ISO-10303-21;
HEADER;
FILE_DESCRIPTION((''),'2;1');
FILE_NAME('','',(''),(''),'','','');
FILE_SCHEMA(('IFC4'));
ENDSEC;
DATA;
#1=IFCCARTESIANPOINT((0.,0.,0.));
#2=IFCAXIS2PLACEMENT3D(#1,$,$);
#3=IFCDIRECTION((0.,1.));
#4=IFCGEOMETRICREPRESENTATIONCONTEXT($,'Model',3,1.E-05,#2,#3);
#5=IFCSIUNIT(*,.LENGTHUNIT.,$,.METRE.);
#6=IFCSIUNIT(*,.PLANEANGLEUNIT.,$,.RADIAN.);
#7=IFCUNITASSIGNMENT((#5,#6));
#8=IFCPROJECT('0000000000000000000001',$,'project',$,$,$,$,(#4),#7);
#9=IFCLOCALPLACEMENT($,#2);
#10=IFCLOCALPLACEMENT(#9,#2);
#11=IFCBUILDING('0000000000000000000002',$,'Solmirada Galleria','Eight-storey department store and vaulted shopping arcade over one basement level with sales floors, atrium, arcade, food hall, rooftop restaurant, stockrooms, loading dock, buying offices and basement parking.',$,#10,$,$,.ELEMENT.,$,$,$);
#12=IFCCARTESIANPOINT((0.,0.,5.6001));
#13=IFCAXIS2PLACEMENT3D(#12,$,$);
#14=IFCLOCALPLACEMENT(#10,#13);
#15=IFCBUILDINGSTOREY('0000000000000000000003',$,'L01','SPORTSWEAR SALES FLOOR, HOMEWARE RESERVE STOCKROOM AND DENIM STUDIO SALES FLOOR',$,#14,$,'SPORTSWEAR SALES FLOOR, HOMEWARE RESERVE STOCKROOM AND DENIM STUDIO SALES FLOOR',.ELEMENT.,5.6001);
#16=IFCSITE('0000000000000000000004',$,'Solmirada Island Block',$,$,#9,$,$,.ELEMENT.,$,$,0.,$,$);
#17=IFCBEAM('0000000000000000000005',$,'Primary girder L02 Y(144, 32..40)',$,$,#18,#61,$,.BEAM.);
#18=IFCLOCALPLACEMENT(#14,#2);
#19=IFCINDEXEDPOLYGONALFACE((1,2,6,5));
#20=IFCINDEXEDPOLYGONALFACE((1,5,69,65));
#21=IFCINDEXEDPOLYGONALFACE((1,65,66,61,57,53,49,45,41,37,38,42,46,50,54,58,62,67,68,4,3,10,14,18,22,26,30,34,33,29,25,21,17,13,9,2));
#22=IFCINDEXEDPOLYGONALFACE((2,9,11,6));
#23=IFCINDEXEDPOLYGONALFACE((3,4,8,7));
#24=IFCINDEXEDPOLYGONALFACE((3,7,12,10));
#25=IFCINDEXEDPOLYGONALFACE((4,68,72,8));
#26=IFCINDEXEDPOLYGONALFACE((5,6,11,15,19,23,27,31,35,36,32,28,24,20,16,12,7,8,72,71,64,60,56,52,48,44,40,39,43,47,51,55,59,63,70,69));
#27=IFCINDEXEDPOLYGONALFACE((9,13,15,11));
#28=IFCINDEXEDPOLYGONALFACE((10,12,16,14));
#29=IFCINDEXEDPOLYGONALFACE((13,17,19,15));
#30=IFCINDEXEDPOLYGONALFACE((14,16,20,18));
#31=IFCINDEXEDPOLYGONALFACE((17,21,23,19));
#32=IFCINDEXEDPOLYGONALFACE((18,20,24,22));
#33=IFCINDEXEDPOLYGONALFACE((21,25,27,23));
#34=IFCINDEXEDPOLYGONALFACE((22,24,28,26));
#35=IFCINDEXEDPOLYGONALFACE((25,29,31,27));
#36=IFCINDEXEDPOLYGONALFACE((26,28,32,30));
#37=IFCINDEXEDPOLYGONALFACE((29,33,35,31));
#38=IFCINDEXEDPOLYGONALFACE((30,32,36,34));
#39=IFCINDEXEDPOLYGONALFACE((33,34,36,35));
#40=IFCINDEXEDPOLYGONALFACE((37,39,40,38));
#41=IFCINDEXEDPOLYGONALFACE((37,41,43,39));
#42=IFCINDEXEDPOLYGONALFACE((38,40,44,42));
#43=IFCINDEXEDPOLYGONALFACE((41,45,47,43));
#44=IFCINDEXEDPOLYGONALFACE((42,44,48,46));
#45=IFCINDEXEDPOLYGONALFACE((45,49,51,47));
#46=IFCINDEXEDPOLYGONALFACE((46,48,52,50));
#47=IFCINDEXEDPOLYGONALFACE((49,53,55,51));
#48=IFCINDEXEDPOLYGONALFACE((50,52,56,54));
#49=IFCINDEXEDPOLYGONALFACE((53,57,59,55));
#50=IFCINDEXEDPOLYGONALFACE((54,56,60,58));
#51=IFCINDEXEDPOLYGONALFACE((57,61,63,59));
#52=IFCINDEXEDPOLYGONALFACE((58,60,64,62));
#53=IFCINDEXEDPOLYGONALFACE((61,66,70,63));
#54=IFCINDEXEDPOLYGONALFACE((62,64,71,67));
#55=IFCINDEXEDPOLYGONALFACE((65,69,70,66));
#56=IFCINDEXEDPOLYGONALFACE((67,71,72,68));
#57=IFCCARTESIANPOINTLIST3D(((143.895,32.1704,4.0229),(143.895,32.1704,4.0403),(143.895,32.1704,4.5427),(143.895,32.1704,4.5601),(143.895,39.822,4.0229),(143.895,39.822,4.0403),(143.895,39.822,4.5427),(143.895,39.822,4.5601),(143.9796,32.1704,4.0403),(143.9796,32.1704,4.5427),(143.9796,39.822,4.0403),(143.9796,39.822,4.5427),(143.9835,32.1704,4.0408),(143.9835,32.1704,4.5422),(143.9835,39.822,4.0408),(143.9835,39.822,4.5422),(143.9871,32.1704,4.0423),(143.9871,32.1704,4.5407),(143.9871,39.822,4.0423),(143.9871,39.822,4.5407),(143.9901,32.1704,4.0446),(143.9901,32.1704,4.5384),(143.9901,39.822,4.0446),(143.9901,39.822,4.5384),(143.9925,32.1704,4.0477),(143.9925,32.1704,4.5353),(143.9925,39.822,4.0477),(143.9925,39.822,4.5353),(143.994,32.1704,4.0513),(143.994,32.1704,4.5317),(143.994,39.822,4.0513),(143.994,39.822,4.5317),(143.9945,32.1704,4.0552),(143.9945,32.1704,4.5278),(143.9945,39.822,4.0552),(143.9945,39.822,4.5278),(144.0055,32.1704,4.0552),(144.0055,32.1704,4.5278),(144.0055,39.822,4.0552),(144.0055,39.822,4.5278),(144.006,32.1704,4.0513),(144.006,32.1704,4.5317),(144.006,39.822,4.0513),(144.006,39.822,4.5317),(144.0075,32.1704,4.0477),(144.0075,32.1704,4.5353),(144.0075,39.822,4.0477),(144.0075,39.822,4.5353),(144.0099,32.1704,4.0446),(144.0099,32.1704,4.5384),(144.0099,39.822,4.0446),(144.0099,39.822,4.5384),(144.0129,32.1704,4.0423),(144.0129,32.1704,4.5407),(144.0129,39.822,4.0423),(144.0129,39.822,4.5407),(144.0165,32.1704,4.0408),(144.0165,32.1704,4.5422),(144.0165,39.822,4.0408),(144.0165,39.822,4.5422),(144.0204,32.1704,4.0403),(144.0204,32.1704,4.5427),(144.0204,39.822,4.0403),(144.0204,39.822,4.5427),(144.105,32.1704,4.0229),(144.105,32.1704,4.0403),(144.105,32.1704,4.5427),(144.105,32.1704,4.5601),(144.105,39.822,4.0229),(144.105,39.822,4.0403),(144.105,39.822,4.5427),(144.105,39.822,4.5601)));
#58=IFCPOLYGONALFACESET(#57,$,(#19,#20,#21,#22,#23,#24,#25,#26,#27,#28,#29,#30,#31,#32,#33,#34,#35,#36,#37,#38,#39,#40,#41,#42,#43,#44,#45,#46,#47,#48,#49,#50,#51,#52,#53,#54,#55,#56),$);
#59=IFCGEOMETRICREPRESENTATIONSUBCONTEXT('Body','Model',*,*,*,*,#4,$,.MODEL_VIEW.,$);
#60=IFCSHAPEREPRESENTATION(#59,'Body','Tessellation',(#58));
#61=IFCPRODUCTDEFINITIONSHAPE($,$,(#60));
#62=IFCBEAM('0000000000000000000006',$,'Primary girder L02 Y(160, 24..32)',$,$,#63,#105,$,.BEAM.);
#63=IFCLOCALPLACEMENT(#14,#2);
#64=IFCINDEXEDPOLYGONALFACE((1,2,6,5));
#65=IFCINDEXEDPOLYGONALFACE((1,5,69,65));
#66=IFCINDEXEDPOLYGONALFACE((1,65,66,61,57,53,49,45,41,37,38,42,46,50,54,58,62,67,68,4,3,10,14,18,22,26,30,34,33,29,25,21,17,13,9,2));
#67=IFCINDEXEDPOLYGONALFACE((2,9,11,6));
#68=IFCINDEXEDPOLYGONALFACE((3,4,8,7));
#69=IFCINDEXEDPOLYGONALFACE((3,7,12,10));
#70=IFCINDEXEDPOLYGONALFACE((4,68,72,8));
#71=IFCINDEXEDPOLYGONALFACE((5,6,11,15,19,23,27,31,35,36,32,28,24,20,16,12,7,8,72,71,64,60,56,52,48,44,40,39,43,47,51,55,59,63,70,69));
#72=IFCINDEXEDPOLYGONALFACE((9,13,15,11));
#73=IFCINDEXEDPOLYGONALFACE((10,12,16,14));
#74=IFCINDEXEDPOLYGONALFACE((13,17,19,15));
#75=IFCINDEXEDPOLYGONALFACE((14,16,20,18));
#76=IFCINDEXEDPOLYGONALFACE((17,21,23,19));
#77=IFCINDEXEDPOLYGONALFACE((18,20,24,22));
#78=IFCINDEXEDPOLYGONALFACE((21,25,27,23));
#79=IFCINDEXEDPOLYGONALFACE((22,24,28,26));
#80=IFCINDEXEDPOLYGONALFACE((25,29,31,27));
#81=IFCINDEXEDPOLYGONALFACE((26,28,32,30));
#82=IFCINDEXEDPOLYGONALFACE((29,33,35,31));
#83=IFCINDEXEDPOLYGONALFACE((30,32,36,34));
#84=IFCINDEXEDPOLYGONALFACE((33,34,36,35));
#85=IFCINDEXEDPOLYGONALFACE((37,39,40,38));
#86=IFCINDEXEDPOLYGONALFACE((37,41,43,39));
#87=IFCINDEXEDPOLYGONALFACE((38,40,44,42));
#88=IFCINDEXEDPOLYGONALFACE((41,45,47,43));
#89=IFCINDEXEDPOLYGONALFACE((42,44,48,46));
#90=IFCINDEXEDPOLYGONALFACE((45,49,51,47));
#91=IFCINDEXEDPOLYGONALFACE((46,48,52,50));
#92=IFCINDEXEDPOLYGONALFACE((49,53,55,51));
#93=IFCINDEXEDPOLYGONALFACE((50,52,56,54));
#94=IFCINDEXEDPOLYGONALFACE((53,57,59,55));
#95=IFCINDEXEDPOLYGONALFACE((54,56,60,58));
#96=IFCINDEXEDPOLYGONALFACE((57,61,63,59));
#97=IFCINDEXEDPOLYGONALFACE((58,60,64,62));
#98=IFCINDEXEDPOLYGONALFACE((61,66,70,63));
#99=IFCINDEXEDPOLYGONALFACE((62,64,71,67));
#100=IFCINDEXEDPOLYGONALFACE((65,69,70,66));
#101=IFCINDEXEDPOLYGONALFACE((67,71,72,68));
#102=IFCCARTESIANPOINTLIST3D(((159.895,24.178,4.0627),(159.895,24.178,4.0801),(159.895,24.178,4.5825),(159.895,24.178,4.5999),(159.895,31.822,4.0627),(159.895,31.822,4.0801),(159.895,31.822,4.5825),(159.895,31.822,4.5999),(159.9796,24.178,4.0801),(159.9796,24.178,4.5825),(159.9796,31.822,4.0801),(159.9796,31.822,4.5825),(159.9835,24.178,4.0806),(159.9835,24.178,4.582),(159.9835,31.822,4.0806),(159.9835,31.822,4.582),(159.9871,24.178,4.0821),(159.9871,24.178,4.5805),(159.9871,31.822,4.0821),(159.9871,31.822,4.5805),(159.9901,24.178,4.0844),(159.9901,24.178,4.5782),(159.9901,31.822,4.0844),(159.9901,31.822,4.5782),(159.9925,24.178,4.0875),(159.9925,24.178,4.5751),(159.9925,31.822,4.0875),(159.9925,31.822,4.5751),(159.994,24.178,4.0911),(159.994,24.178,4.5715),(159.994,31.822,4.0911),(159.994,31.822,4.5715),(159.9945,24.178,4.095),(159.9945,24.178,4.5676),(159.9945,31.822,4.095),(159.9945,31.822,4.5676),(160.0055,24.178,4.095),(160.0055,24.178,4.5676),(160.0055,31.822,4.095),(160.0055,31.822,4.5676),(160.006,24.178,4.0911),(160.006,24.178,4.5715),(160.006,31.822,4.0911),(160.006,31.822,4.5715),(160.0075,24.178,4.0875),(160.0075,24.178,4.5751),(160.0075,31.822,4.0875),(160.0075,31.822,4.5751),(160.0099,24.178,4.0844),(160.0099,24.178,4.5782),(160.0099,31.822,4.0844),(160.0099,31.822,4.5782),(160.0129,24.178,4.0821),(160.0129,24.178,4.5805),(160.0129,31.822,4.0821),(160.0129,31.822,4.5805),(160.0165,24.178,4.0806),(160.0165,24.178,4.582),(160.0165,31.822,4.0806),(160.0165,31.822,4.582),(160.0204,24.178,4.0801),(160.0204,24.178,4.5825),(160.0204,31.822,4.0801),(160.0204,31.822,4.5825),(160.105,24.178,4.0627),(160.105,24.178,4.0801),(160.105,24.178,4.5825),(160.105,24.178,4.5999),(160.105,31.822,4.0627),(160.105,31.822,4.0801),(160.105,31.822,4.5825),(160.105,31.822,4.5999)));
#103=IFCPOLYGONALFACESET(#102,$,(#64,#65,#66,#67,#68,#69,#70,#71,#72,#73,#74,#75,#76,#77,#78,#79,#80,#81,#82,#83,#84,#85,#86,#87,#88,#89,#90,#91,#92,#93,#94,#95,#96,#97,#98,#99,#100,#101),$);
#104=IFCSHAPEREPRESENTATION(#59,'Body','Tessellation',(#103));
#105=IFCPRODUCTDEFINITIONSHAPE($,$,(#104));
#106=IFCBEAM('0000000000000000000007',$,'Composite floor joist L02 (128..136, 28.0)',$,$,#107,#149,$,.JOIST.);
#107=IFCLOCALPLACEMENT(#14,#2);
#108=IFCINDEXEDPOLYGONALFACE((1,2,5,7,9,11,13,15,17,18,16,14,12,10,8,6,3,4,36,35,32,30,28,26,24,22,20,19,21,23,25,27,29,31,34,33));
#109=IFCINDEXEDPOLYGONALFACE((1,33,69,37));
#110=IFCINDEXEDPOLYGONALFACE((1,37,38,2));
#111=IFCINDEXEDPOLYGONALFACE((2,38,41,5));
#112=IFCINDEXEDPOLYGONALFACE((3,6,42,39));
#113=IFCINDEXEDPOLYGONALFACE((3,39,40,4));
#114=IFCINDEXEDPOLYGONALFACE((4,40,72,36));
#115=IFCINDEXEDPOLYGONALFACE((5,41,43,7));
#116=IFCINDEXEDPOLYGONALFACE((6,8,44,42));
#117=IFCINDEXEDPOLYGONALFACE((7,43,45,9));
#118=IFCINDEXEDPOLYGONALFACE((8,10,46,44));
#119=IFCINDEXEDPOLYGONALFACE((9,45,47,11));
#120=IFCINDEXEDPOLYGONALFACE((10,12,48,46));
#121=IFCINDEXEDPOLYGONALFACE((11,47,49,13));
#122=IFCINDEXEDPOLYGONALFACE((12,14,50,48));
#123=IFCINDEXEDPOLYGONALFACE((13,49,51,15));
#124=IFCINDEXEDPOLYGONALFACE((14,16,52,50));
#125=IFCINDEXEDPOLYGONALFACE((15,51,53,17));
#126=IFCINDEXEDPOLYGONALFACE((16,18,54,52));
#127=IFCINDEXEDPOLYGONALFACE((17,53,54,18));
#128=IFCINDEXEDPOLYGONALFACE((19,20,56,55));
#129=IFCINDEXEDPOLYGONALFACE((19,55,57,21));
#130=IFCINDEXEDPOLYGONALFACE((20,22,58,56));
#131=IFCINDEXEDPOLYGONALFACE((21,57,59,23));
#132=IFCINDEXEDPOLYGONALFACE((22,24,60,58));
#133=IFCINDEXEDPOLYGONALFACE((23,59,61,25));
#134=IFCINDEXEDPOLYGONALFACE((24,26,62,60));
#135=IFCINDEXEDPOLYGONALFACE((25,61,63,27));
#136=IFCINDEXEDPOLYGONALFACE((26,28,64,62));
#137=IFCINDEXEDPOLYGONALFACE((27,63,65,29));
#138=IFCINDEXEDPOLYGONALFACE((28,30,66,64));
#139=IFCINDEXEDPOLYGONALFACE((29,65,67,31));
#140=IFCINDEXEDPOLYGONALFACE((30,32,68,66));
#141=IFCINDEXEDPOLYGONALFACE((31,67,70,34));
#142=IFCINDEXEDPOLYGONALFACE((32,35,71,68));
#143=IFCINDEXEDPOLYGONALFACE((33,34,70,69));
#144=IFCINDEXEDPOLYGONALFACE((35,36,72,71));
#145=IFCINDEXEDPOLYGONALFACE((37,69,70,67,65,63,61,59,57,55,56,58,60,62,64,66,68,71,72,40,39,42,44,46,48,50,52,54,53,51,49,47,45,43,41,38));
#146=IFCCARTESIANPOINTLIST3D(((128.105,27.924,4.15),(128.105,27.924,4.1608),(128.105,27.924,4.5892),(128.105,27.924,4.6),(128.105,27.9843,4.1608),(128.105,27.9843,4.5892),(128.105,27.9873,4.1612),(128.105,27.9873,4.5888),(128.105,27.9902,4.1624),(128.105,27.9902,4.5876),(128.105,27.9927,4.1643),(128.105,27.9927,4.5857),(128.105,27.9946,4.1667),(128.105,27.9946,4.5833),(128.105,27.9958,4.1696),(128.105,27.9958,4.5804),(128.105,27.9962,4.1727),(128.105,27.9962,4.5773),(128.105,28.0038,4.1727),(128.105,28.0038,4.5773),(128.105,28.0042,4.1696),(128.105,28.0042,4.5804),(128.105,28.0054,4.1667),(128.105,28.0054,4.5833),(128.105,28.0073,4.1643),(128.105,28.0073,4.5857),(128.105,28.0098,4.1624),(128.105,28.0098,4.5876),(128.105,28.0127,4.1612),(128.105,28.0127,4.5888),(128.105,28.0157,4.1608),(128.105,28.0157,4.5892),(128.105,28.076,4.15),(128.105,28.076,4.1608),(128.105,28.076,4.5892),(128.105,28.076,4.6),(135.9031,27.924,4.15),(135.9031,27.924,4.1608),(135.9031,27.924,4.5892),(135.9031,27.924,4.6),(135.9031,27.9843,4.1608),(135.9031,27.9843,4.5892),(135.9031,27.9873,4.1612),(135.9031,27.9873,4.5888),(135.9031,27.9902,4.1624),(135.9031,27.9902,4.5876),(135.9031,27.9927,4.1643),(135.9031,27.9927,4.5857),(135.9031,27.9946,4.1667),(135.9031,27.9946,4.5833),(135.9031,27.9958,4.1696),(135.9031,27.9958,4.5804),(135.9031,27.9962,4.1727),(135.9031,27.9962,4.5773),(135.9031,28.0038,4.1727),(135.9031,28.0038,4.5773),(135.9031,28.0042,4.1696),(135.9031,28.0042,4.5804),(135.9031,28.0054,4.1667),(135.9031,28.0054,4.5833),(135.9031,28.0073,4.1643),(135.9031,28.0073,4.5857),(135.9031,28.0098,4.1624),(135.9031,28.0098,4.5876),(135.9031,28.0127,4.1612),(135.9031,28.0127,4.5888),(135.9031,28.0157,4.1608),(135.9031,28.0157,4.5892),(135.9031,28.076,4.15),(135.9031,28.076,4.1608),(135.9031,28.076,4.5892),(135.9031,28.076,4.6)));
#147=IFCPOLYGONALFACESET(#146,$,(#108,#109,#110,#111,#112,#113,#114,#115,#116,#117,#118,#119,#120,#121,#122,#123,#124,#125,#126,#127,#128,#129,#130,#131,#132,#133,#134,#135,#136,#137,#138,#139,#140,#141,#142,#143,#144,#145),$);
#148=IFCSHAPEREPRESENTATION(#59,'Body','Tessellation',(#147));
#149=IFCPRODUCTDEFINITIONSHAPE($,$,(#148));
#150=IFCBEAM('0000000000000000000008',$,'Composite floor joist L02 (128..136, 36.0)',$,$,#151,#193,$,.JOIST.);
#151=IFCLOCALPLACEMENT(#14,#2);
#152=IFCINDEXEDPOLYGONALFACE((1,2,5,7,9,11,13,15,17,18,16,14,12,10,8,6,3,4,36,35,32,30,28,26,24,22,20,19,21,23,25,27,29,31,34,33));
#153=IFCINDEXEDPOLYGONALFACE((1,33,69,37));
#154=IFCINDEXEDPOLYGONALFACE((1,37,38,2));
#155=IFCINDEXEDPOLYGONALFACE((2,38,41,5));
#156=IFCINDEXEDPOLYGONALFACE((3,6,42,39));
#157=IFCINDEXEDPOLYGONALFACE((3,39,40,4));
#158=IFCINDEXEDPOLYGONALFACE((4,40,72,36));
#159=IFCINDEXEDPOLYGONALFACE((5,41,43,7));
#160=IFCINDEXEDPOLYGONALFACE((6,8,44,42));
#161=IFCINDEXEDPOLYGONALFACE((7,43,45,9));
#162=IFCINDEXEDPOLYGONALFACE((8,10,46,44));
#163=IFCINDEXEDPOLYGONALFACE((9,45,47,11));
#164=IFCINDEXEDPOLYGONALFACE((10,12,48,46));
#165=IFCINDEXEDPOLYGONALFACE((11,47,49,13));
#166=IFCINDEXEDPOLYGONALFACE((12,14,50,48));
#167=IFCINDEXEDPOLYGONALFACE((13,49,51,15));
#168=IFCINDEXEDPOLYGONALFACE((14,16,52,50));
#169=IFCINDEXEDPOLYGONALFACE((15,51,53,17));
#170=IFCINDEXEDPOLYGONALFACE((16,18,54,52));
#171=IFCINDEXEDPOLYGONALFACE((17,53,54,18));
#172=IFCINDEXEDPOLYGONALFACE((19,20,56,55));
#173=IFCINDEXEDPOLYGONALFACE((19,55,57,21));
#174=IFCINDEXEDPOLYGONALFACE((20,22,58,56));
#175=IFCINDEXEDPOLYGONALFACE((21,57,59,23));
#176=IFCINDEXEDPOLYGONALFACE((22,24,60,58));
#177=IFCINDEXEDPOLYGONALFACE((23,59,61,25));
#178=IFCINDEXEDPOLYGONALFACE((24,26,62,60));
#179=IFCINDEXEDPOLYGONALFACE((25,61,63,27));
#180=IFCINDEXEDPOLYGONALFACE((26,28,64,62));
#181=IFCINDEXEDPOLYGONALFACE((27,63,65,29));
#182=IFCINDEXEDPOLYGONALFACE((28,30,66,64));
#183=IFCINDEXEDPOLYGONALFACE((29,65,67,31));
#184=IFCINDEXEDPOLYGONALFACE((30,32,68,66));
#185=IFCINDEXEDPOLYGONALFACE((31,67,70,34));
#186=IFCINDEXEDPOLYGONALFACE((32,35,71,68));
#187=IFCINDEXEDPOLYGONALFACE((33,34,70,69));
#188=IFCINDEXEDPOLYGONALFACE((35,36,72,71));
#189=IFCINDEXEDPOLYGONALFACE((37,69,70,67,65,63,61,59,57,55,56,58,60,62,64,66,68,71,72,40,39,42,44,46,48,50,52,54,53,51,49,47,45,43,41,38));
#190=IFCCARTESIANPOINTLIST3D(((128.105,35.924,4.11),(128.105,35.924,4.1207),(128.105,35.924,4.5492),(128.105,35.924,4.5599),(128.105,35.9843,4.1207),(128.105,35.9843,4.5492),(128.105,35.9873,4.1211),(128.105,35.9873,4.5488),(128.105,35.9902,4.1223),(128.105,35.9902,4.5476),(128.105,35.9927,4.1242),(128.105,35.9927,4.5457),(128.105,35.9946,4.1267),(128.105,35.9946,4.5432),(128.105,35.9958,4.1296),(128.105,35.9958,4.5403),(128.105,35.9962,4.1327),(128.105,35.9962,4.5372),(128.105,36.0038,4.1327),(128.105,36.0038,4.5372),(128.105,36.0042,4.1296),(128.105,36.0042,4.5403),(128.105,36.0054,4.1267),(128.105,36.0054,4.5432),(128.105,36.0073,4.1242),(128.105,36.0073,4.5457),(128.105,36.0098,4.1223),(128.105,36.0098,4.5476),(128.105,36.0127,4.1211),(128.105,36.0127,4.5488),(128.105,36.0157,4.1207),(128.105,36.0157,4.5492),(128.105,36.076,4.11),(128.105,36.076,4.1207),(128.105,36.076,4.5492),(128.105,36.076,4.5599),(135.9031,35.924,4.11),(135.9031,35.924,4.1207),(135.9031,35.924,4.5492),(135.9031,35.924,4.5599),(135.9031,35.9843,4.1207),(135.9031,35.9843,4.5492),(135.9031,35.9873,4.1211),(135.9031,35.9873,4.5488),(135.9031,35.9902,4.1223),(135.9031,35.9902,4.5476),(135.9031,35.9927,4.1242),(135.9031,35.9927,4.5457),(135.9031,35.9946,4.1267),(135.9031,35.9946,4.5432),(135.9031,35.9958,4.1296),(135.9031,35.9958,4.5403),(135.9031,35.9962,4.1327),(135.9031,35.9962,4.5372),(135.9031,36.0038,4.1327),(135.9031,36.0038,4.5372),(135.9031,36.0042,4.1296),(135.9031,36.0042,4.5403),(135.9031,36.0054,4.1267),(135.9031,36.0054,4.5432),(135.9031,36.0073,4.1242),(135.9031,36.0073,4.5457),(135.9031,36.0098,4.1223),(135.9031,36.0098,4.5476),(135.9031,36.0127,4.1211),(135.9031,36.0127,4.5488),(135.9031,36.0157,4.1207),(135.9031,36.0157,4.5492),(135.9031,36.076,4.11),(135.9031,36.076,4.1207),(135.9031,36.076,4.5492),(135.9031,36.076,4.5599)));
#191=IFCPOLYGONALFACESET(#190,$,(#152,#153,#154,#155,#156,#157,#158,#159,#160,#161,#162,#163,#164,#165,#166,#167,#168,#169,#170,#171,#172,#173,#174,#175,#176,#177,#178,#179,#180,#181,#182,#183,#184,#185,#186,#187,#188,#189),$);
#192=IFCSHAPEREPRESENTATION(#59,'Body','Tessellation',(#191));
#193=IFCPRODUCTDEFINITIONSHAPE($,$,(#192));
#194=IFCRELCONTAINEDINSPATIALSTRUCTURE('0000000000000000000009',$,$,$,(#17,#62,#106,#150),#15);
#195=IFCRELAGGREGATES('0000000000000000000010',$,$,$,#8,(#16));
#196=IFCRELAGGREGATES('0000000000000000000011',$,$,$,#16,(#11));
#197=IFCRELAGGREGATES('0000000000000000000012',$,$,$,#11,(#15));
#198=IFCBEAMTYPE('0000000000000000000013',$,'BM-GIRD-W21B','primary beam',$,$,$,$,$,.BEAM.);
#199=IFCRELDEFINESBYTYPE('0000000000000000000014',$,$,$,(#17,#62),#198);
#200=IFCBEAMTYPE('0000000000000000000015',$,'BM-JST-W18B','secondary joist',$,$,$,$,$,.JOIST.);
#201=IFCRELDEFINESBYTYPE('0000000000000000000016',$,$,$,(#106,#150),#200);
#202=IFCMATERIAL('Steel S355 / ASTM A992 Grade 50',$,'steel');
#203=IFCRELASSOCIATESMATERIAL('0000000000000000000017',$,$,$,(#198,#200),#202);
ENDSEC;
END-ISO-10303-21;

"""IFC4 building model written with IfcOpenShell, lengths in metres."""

from ifc_helpers import new_model, si_unit, direction, frame, origin, origin_2d, place, context, subcontext, project, spatial, i_section, extrude, material, material_profile, profile_set, type_object, element, save


model = new_model("IFC4")

# Units and contexts
model_context = context("Model", 3, precision=1e-05, world=origin(), true_north=direction((0.0, 1.0)))
body_context = subcontext(model_context, "Body", "Model", "MODEL_VIEW")
ifc_project = project(units=[si_unit("LENGTHUNIT", "METRE"), si_unit("PLANEANGLEUNIT", "RADIAN")], contexts=[model_context])

# Site, building, storey
site_placement = place(None, origin())
site = spatial("IfcSite", under=ifc_project, at=site_placement, Name="Solmirada Island Block", CompositionType="ELEMENT", RefElevation=0.0)
building_placement = place(site_placement, origin())
building = spatial("IfcBuilding", under=site, at=building_placement, Name="Solmirada Galleria", Description="Eight-storey department store and vaulted shopping arcade over one basement level with sales floors, atrium, arcade, food hall, rooftop restaurant, stockrooms, loading dock, buying offices and basement parking.", CompositionType="ELEMENT")
storey_placement = place(building_placement, frame((0.0, 0.0, 5.6001)))
storey = spatial("IfcBuildingStorey", under=building, at=storey_placement, Name="L01", Description="SPORTSWEAR SALES FLOOR, HOMEWARE RESERVE STOCKROOM AND DENIM STUDIO SALES FLOOR", LongName="SPORTSWEAR SALES FLOOR, HOMEWARE RESERVE STOCKROOM AND DENIM STUDIO SALES FLOOR", CompositionType="ELEMENT", Elevation=5.6001)

# Beams
ifc_material_1 = material(Name="Steel S355 / ASTM A992 Grade 50", Category="steel")
ifc_material_profile_1 = material_profile(ifc_material_1, i_section(OverallWidth=0.21, OverallDepth=0.5371, WebThickness=0.011, FlangeThickness=0.0173, FilletRadius=0.0149, at=origin_2d()), Name="W21X68")
ifc_profile_set_1 = profile_set([ifc_material_profile_1], Name="Steel S355 / ASTM A992 Grade 50")
beam_type_1 = type_object("IfcBeamType", Name="BM-GIRD-W21B", Description="primary beam", PredefinedType="BEAM", material=ifc_profile_set_1)
for number, where, z_axis, x_axis, name in (
    (1, (144.0, 32.1704, 4.2915), (0.0, 1.0, 0.0), (-1.0, 0.0, 0.0), "Primary girder L02 Y(144, 32..40)"),
):
    element("IfcBeam", number, at=place(storey_placement, frame(where, z_axis=z_axis, x_axis=x_axis)), inside=storey, type_object=beam_type_1, Name=name, PredefinedType="BEAM", context=body_context, shape_type="SweptSolid", body=[
        extrude(i_section(OverallWidth=0.21, OverallDepth=0.5371, WebThickness=0.011, FlangeThickness=0.0173, FilletRadius=0.0149, at=origin_2d()), origin(), (0.0, 0.0, 1.0), 7.6516),
    ])
beam_1_placement = place(storey_placement, frame((160.0, 24.178, 4.3313), z_axis=(0.0, 1.0, 0.0), x_axis=(-1.0, 0.0, 0.0)))
element("IfcBeam", 2, at=beam_1_placement, inside=storey, type_object=beam_type_1, Name="Primary girder L02 Y(160, 24..32)", PredefinedType="BEAM", context=body_context, shape_type="SweptSolid", body=[
    extrude(i_section(OverallWidth=0.21, OverallDepth=0.5371, WebThickness=0.011, FlangeThickness=0.0173, FilletRadius=0.0149, at=origin_2d()), origin(), (0.0, 0.0, 1.0), 7.644),
])
ifc_material_profile_2 = material_profile(ifc_material_1, i_section(OverallWidth=0.1521, OverallDepth=0.45, WebThickness=0.0076, FlangeThickness=0.0107, FilletRadius=0.012, at=origin_2d()), Name="W18X35")
ifc_profile_set_2 = profile_set([ifc_material_profile_2], Name="Steel S355 / ASTM A992 Grade 50")
beam_type_2 = type_object("IfcBeamType", Name="BM-JST-W18B", Description="secondary joist", PredefinedType="JOIST", material=ifc_profile_set_2)
for number, where, z_axis, x_axis, name in (
    (3, (128.105, 28.0, 4.375), (1.0, 0.0, 0.0), (0.0, 1.0, 0.0), "Composite floor joist L02 (128..136, 28.0)"),
    (4, (128.105, 36.0, 4.335), (1.0, 0.0, 0.0), (0.0, 1.0, 0.0), "Composite floor joist L02 (128..136, 36.0)"),
):
    element("IfcBeam", number, at=place(storey_placement, frame(where, z_axis=z_axis, x_axis=x_axis)), inside=storey, type_object=beam_type_2, Name=name, PredefinedType="JOIST", context=body_context, shape_type="SweptSolid", body=[
        extrude(i_section(OverallWidth=0.1521, OverallDepth=0.45, WebThickness=0.0076, FlangeThickness=0.0107, FilletRadius=0.012, at=origin_2d()), origin(), (0.0, 0.0, 1.0), 7.7981),
    ])

save(model, "model.ifc")
